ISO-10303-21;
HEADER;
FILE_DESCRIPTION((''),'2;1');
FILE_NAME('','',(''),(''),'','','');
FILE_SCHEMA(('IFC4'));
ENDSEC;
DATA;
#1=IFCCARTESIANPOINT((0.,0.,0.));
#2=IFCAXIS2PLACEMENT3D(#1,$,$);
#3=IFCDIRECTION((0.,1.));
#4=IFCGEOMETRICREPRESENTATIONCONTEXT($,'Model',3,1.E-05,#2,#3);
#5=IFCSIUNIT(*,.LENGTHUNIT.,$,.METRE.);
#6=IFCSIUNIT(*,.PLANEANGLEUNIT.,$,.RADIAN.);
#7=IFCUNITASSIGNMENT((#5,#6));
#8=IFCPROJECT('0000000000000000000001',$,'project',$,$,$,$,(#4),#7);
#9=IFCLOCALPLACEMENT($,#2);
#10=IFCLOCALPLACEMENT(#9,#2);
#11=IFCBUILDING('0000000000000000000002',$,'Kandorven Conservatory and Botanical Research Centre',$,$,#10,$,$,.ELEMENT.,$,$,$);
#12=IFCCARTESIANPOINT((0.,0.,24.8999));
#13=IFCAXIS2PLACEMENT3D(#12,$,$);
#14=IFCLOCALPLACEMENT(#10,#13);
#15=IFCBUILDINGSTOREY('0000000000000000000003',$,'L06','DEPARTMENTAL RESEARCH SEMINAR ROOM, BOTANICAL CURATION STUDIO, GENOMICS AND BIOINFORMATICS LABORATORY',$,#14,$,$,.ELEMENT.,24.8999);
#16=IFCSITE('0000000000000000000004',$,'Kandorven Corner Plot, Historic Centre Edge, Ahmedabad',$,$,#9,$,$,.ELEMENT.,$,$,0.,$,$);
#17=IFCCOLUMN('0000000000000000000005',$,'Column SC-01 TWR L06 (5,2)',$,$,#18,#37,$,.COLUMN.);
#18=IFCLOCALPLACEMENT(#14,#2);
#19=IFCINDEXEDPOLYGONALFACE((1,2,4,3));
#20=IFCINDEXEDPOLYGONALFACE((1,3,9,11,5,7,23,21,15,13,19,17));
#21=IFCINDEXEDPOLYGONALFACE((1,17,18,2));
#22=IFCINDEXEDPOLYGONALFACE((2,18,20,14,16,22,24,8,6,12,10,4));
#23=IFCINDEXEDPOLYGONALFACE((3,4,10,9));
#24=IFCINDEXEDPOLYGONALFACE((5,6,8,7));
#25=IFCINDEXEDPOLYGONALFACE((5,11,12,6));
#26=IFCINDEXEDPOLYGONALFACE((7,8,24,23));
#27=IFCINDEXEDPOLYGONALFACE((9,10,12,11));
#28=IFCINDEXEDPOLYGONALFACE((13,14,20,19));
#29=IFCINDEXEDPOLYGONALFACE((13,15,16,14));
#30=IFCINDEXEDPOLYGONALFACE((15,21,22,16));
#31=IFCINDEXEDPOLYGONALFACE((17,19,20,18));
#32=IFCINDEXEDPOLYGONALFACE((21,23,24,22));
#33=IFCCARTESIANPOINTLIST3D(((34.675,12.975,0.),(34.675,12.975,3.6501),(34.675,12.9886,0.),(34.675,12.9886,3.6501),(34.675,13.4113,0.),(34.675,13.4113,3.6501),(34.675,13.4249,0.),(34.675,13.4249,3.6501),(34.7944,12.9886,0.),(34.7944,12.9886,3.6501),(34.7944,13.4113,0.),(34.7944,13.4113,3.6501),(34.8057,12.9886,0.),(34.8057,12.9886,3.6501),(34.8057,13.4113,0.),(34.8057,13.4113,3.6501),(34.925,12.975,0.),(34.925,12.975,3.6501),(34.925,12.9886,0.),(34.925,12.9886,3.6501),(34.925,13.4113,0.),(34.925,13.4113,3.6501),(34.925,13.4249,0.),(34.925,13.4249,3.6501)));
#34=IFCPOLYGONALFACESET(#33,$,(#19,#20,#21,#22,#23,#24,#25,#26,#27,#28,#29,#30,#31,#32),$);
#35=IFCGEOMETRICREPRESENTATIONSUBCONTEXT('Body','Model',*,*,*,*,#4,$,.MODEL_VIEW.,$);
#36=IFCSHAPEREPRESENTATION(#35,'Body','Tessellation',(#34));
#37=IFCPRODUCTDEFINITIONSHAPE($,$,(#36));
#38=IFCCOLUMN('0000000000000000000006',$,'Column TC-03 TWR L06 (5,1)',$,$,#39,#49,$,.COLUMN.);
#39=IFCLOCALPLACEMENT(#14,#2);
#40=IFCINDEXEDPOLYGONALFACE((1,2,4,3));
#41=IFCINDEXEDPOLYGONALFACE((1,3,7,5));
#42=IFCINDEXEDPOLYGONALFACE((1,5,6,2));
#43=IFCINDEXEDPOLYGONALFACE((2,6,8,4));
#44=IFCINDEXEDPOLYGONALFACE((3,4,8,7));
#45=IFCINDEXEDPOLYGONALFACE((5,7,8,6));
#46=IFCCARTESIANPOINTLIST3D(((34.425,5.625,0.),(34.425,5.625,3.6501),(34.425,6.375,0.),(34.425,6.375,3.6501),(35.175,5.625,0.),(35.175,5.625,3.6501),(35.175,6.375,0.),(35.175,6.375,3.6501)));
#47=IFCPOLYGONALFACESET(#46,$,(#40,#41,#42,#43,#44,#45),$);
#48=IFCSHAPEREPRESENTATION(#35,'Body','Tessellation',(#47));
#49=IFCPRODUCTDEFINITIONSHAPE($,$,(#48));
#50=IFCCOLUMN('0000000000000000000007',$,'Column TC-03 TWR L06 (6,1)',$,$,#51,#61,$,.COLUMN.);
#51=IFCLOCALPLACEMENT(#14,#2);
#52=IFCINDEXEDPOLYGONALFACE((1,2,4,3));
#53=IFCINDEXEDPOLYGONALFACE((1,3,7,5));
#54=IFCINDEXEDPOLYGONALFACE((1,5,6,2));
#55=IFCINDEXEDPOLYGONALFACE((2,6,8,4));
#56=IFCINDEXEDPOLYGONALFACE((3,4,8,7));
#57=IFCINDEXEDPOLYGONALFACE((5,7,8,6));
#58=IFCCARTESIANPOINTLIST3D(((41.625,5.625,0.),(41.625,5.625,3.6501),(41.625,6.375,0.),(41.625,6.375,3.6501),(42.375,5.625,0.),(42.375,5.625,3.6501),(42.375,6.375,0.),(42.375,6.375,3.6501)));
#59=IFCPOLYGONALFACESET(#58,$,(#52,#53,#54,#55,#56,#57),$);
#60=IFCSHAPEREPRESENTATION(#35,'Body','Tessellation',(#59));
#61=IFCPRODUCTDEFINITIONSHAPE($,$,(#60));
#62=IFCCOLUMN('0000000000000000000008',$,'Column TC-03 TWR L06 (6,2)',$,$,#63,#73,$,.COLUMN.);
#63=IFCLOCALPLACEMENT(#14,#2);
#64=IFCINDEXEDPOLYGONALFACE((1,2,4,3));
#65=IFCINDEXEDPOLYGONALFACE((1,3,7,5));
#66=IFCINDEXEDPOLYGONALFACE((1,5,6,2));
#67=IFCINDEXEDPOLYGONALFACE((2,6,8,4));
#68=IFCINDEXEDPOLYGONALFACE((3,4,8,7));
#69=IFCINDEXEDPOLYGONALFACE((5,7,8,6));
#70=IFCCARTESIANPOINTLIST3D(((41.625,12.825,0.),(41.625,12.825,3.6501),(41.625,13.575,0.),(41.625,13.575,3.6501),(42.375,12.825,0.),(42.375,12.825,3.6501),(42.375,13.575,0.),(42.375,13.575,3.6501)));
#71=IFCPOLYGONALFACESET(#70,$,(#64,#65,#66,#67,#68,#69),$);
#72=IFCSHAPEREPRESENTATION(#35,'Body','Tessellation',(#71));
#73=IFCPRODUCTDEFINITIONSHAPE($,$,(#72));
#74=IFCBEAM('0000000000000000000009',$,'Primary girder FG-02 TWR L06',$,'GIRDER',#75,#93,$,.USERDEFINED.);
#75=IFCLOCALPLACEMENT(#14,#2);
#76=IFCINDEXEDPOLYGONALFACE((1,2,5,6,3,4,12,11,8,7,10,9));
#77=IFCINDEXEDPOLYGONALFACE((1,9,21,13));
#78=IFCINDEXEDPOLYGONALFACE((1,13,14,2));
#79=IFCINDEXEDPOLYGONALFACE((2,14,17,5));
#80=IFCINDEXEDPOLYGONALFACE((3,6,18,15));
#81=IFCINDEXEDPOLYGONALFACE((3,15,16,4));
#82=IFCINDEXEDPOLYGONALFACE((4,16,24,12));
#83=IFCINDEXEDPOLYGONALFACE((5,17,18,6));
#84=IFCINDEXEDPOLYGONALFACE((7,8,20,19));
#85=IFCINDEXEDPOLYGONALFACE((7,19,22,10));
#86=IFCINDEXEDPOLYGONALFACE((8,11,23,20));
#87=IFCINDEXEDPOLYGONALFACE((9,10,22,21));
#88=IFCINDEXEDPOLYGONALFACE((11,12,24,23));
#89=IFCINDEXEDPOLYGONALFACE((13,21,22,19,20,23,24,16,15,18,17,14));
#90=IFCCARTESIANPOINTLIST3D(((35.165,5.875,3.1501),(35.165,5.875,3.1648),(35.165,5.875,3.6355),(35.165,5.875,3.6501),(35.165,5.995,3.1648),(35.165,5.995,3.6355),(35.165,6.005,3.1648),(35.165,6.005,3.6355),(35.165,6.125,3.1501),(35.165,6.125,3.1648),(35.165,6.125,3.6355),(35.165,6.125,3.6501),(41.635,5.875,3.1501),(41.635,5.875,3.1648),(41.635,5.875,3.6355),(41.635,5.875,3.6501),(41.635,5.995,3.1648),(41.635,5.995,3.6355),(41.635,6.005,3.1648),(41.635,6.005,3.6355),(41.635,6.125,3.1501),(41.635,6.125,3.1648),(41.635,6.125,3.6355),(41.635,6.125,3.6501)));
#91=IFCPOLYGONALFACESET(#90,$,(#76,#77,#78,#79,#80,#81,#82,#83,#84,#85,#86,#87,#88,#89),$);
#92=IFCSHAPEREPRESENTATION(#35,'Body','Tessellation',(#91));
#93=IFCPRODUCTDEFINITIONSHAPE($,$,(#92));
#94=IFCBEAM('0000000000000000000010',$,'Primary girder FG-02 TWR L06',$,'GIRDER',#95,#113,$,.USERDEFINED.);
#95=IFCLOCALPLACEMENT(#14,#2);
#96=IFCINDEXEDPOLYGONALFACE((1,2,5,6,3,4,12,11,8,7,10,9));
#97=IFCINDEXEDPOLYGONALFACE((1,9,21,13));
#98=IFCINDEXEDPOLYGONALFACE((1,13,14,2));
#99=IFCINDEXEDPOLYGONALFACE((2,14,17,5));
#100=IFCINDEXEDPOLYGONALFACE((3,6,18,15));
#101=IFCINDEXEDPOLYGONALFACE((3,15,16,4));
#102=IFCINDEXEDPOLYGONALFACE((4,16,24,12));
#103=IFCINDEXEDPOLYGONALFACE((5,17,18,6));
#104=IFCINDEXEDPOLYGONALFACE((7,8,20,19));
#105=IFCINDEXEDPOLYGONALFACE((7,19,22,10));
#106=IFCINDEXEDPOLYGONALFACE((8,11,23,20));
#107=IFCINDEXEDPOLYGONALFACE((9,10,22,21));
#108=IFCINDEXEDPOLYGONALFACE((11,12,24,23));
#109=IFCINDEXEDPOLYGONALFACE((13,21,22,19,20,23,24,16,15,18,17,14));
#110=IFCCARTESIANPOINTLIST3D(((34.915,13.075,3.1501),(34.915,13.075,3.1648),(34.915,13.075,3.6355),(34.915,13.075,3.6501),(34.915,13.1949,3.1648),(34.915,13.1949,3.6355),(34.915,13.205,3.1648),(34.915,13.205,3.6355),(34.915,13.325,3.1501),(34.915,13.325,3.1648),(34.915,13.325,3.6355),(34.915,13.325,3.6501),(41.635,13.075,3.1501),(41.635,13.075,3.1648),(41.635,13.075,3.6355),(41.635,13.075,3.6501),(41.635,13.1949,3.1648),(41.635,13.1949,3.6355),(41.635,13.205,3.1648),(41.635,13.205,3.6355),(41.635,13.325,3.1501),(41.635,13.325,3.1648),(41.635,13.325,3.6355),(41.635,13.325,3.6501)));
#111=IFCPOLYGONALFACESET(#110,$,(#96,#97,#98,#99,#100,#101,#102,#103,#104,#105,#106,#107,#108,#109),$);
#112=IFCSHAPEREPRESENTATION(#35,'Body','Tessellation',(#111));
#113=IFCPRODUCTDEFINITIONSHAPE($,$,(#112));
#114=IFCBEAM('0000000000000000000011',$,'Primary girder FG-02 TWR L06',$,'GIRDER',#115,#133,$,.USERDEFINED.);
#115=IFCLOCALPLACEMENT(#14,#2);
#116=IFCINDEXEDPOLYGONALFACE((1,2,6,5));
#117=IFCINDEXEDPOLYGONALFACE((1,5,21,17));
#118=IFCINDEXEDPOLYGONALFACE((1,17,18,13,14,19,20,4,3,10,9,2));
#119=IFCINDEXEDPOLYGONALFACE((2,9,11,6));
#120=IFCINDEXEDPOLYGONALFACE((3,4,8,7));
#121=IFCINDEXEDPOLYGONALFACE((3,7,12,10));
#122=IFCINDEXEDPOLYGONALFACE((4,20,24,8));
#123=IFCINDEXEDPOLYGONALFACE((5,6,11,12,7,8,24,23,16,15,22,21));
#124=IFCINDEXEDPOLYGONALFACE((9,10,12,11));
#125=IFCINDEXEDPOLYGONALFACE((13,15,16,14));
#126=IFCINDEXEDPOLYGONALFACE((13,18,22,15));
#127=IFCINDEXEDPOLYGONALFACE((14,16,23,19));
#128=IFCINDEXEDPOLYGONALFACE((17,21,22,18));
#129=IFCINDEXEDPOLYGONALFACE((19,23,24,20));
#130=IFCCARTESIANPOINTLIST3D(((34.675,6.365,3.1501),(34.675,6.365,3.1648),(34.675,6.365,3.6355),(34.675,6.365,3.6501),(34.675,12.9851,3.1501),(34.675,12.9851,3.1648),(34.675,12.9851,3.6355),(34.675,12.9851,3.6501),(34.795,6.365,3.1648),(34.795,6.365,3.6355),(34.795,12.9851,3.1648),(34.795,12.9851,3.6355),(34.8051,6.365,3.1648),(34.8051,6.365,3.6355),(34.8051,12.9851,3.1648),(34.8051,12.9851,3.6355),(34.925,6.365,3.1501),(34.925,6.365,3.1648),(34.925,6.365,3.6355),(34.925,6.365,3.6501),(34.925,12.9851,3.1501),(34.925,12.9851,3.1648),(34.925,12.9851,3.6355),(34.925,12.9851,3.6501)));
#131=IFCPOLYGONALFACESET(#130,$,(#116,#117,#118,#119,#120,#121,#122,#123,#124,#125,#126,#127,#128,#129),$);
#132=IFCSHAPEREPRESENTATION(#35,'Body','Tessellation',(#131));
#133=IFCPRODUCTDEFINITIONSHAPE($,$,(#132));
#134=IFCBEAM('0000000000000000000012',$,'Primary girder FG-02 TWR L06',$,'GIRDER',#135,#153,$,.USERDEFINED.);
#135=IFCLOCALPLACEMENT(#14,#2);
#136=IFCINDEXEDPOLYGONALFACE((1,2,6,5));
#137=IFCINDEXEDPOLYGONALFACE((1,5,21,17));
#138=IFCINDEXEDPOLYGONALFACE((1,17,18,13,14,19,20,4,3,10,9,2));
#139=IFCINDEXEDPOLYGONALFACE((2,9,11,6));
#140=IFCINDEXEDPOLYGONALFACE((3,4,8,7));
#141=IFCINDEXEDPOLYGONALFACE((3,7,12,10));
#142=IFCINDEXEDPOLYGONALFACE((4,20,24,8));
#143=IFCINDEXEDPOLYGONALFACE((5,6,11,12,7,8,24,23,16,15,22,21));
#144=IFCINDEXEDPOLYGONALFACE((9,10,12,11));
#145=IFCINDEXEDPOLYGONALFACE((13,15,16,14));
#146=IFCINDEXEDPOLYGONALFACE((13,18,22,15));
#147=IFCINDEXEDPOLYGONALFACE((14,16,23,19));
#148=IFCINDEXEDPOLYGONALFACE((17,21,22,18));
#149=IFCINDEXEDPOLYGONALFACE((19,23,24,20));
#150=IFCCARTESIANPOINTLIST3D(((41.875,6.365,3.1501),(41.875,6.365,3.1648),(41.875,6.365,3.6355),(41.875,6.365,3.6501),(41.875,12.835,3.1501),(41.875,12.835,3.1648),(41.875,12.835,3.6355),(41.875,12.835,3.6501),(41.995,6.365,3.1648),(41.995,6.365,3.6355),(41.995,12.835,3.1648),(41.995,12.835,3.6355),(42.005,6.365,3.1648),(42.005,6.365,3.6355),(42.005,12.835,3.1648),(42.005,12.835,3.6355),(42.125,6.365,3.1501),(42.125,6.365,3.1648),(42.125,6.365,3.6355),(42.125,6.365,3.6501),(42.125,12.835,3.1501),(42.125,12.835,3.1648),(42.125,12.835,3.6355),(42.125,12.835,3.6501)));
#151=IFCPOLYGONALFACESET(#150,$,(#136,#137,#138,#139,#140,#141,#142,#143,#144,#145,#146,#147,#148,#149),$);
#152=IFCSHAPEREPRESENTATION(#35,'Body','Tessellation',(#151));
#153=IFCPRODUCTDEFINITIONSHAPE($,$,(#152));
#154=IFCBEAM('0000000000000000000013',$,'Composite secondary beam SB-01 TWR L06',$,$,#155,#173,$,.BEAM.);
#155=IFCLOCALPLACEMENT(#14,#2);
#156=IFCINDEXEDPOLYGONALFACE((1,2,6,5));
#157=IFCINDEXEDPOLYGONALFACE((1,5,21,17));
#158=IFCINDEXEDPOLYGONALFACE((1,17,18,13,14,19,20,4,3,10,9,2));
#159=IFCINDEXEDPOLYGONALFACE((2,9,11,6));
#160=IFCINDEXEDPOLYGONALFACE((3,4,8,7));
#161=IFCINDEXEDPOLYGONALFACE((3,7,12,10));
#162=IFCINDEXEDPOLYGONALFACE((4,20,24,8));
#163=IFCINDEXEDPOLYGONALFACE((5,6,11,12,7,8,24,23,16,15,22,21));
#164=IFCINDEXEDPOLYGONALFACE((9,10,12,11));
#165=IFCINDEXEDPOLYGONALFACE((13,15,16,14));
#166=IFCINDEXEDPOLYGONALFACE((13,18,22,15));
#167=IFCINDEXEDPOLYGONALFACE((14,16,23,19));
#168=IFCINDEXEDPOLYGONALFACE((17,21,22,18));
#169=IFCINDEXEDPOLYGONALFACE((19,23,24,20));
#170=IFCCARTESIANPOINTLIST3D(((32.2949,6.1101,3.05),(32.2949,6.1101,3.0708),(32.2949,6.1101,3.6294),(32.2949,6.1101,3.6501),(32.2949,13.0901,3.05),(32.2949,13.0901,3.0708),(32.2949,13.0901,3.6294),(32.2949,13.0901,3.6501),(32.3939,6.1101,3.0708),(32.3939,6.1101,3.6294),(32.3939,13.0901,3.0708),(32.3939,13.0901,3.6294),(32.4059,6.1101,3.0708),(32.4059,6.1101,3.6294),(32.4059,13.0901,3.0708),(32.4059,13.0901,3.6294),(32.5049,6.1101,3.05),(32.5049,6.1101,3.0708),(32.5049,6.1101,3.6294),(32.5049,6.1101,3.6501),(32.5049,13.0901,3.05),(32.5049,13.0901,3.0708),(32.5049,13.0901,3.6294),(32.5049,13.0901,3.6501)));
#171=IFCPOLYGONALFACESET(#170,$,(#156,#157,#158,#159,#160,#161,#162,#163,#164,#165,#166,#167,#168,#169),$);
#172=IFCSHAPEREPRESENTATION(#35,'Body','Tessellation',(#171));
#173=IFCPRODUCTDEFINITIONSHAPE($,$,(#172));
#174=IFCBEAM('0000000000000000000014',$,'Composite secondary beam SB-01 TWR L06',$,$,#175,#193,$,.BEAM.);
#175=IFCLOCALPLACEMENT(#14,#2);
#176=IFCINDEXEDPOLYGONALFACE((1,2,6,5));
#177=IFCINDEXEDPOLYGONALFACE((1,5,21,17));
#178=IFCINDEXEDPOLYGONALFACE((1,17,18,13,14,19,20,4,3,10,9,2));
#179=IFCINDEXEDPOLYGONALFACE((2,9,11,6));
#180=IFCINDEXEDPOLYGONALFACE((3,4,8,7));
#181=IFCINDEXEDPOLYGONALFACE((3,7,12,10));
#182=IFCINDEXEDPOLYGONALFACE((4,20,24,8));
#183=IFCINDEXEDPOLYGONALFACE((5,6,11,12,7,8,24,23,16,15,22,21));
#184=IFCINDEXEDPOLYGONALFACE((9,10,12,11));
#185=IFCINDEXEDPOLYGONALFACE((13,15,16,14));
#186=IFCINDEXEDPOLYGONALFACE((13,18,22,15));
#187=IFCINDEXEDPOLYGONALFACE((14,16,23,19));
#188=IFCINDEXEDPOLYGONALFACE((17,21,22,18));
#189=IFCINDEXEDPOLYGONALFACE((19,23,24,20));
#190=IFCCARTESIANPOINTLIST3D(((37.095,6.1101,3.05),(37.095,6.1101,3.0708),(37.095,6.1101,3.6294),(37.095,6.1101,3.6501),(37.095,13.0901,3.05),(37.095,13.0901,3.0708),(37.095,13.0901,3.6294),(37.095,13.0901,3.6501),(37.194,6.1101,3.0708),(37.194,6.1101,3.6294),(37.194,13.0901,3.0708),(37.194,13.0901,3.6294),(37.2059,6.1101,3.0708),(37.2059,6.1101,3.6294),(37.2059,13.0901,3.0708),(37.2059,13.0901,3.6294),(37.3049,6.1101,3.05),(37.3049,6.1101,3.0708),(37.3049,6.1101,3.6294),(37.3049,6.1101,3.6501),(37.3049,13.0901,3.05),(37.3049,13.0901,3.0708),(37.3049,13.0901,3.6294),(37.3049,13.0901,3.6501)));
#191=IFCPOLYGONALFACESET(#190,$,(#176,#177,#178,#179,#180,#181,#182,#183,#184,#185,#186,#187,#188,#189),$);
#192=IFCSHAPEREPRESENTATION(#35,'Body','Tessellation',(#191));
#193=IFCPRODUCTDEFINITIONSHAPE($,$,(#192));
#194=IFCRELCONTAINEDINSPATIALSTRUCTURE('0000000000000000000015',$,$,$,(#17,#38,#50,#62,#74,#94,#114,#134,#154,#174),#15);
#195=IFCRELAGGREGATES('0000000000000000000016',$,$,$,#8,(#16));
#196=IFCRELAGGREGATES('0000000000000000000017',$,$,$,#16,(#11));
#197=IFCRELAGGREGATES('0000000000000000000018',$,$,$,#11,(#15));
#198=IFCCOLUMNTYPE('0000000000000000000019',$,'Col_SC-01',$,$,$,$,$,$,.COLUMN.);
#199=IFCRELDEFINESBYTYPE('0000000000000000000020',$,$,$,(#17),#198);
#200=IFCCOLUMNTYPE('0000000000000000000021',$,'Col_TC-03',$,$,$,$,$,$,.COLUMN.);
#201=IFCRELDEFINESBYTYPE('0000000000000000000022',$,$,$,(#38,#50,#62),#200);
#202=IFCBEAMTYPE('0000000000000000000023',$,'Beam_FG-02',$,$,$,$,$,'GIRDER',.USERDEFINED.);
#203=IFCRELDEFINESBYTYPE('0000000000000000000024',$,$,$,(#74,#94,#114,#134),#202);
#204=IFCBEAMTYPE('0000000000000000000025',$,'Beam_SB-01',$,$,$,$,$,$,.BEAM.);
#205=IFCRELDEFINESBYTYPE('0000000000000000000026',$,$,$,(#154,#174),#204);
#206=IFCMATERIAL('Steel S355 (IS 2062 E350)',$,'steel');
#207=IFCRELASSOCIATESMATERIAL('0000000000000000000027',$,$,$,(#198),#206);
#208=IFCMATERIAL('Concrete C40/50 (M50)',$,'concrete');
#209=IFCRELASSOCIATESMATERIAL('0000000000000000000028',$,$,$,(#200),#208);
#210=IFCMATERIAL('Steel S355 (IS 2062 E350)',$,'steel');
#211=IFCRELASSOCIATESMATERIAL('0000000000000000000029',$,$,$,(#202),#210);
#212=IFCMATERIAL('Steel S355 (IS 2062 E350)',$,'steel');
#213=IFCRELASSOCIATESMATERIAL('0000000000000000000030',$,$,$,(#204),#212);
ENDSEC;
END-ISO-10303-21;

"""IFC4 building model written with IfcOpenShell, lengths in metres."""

from ifc_helpers import new_model, si_unit, direction, frame, origin, origin_2d, place, context, subcontext, project, spatial, rectangle, i_section, extrude, material, material_profile, profile_set, type_object, element, save


model = new_model("IFC4")

# Units and contexts
model_context = context("Model", 3, precision=1e-05, world=origin(), true_north=direction((0.0, 1.0)))
body_context = subcontext(model_context, "Body", "Model", "MODEL_VIEW")
ifc_project = project(units=[si_unit("LENGTHUNIT", "METRE"), si_unit("PLANEANGLEUNIT", "RADIAN")], contexts=[model_context])

# Site, building, storey
site_placement = place(None, origin())
site = spatial("IfcSite", under=ifc_project, at=site_placement, Name="Kandorven Corner Plot, Historic Centre Edge, Ahmedabad", CompositionType="ELEMENT", RefElevation=0.0)
building_placement = place(site_placement, origin())
building = spatial("IfcBuilding", under=site, at=building_placement, Name="Kandorven Conservatory and Botanical Research Centre", CompositionType="ELEMENT")
storey_placement = place(building_placement, frame((0.0, 0.0, 24.8999)))
storey = spatial("IfcBuildingStorey", under=building, at=storey_placement, Name="L06", Description="DEPARTMENTAL RESEARCH SEMINAR ROOM, BOTANICAL CURATION STUDIO, GENOMICS AND BIOINFORMATICS LABORATORY", CompositionType="ELEMENT", Elevation=24.8999)

# Columns
ifc_material_1 = material(Name="Steel S355 (IS 2062 E350)", Category="steel")
ifc_material_profile_1 = material_profile(ifc_material_1, i_section(OverallWidth=0.25, OverallDepth=0.45, WebThickness=0.0112, FlangeThickness=0.0137, at=origin_2d()))
ifc_profile_set_1 = profile_set([ifc_material_profile_1], Name="Steel S355 (IS 2062 E350)")
column_type_1 = type_object("IfcColumnType", Name="Col_SC-01", PredefinedType="COLUMN", material=ifc_profile_set_1)
column_placement = place(storey_placement, frame((34.8, 13.2, 0.0), z_axis=(0.0, 0.0, 1.0), x_axis=(1.0, 0.0, 0.0)))
element("IfcColumn", 1, at=column_placement, inside=storey, type_object=column_type_1, Name="Column SC-01 TWR L06 (5,2)", PredefinedType="COLUMN", context=body_context, shape_type="SweptSolid", body=[
    extrude(i_section(OverallWidth=0.25, OverallDepth=0.45, WebThickness=0.0112, FlangeThickness=0.0137, at=origin_2d()), origin(), (0.0, 0.0, 1.0), 3.6501),
])
ifc_material_2 = material(Name="Concrete C40/50 (M50)", Category="concrete")
ifc_material_profile_2 = material_profile(ifc_material_2, rectangle(XDim=0.75, YDim=0.75, at=origin_2d()))
ifc_profile_set_2 = profile_set([ifc_material_profile_2], Name="Concrete C40/50 (M50)")
column_type_2 = type_object("IfcColumnType", Name="Col_TC-03", PredefinedType="COLUMN", material=ifc_profile_set_2)
for number, where, z_axis, x_axis, name in (
    (2, (34.8, 6.0, 0.0), (0.0, 0.0, 1.0), (1.0, 0.0, 0.0), "Column TC-03 TWR L06 (5,1)"),
    (3, (42.0, 6.0, 0.0), (0.0, 0.0, 1.0), (1.0, 0.0, 0.0), "Column TC-03 TWR L06 (6,1)"),
    (4, (42.0, 13.2, 0.0), (0.0, 0.0, 1.0), (1.0, 0.0, 0.0), "Column TC-03 TWR L06 (6,2)"),
):
    element("IfcColumn", number, at=place(storey_placement, frame(where, z_axis=z_axis, x_axis=x_axis)), inside=storey, type_object=column_type_2, Name=name, PredefinedType="COLUMN", context=body_context, shape_type="SweptSolid", body=[
        extrude(rectangle(XDim=0.75, YDim=0.75, at=origin_2d()), origin(), (0.0, 0.0, 1.0), 3.6501),
    ])

# Beams
ifc_material_3 = material(Name="Steel S355 (IS 2062 E350)", Category="steel")
ifc_material_profile_3 = material_profile(ifc_material_3, i_section(OverallWidth=0.25, OverallDepth=0.5, WebThickness=0.01, FlangeThickness=0.0146, at=origin_2d()))
ifc_profile_set_3 = profile_set([ifc_material_profile_3], Name="Steel S355 (IS 2062 E350)")
beam_type_1 = type_object("IfcBeamType", Name="Beam_FG-02", ElementType="GIRDER", PredefinedType="USERDEFINED", material=ifc_profile_set_3)
beam_1_placement = place(storey_placement, frame((35.165, 6.0, 3.4001), z_axis=(1.0, 0.0, 0.0), x_axis=(0.0, 1.0, 0.0)))
element("IfcBeam", 5, at=beam_1_placement, inside=storey, type_object=beam_type_1, Name="Primary girder FG-02 TWR L06", ObjectType="GIRDER", PredefinedType="USERDEFINED", context=body_context, shape_type="SweptSolid", body=[
    extrude(i_section(OverallWidth=0.25, OverallDepth=0.5, WebThickness=0.01, FlangeThickness=0.0146, at=origin_2d()), origin(), (0.0, 0.0, 1.0), 6.47),
])
beam_2_placement = place(storey_placement, frame((34.915, 13.2, 3.4001), z_axis=(1.0, 0.0, 0.0), x_axis=(0.0, 1.0, 0.0)))
element("IfcBeam", 6, at=beam_2_placement, inside=storey, type_object=beam_type_1, Name="Primary girder FG-02 TWR L06", ObjectType="GIRDER", PredefinedType="USERDEFINED", context=body_context, shape_type="SweptSolid", body=[
    extrude(i_section(OverallWidth=0.25, OverallDepth=0.5, WebThickness=0.01, FlangeThickness=0.0146, at=origin_2d()), origin(), (0.0, 0.0, 1.0), 6.72),
])
beam_3_placement = place(storey_placement, frame((34.8, 6.365, 3.4001), z_axis=(0.0, 1.0, 0.0), x_axis=(-1.0, 0.0, 0.0)))
element("IfcBeam", 7, at=beam_3_placement, inside=storey, type_object=beam_type_1, Name="Primary girder FG-02 TWR L06", ObjectType="GIRDER", PredefinedType="USERDEFINED", context=body_context, shape_type="SweptSolid", body=[
    extrude(i_section(OverallWidth=0.25, OverallDepth=0.5, WebThickness=0.01, FlangeThickness=0.0146, at=origin_2d()), origin(), (0.0, 0.0, 1.0), 6.6201),
])
beam_4_placement = place(storey_placement, frame((42.0, 6.365, 3.4001), z_axis=(0.0, 1.0, 0.0), x_axis=(-1.0, 0.0, 0.0)))
element("IfcBeam", 8, at=beam_4_placement, inside=storey, type_object=beam_type_1, Name="Primary girder FG-02 TWR L06", ObjectType="GIRDER", PredefinedType="USERDEFINED", context=body_context, shape_type="SweptSolid", body=[
    extrude(i_section(OverallWidth=0.25, OverallDepth=0.5, WebThickness=0.01, FlangeThickness=0.0146, at=origin_2d()), origin(), (0.0, 0.0, 1.0), 6.47),
])
ifc_material_4 = material(Name="Steel S355 (IS 2062 E350)", Category="steel")
ifc_material_profile_4 = material_profile(ifc_material_4, i_section(OverallWidth=0.21, OverallDepth=0.6001, WebThickness=0.012, FlangeThickness=0.0208, at=origin_2d()))
ifc_profile_set_4 = profile_set([ifc_material_profile_4], Name="Steel S355 (IS 2062 E350)")
beam_type_2 = type_object("IfcBeamType", Name="Beam_SB-01", PredefinedType="BEAM", material=ifc_profile_set_4)
for number, where, z_axis, x_axis, name in (
    (9, (32.3999, 6.1101, 3.3501), (0.0, 1.0, 0.0), (-1.0, 0.0, 0.0), "Composite secondary beam SB-01 TWR L06"),
    (10, (37.2, 6.1101, 3.3501), (0.0, 1.0, 0.0), (-1.0, 0.0, 0.0), "Composite secondary beam SB-01 TWR L06"),
):
    element("IfcBeam", number, at=place(storey_placement, frame(where, z_axis=z_axis, x_axis=x_axis)), inside=storey, type_object=beam_type_2, Name=name, PredefinedType="BEAM", context=body_context, shape_type="SweptSolid", body=[
        extrude(i_section(OverallWidth=0.21, OverallDepth=0.6001, WebThickness=0.012, FlangeThickness=0.0208, at=origin_2d()), origin(), (0.0, 0.0, 1.0), 6.98),
    ])

save(model, "model.ifc")
